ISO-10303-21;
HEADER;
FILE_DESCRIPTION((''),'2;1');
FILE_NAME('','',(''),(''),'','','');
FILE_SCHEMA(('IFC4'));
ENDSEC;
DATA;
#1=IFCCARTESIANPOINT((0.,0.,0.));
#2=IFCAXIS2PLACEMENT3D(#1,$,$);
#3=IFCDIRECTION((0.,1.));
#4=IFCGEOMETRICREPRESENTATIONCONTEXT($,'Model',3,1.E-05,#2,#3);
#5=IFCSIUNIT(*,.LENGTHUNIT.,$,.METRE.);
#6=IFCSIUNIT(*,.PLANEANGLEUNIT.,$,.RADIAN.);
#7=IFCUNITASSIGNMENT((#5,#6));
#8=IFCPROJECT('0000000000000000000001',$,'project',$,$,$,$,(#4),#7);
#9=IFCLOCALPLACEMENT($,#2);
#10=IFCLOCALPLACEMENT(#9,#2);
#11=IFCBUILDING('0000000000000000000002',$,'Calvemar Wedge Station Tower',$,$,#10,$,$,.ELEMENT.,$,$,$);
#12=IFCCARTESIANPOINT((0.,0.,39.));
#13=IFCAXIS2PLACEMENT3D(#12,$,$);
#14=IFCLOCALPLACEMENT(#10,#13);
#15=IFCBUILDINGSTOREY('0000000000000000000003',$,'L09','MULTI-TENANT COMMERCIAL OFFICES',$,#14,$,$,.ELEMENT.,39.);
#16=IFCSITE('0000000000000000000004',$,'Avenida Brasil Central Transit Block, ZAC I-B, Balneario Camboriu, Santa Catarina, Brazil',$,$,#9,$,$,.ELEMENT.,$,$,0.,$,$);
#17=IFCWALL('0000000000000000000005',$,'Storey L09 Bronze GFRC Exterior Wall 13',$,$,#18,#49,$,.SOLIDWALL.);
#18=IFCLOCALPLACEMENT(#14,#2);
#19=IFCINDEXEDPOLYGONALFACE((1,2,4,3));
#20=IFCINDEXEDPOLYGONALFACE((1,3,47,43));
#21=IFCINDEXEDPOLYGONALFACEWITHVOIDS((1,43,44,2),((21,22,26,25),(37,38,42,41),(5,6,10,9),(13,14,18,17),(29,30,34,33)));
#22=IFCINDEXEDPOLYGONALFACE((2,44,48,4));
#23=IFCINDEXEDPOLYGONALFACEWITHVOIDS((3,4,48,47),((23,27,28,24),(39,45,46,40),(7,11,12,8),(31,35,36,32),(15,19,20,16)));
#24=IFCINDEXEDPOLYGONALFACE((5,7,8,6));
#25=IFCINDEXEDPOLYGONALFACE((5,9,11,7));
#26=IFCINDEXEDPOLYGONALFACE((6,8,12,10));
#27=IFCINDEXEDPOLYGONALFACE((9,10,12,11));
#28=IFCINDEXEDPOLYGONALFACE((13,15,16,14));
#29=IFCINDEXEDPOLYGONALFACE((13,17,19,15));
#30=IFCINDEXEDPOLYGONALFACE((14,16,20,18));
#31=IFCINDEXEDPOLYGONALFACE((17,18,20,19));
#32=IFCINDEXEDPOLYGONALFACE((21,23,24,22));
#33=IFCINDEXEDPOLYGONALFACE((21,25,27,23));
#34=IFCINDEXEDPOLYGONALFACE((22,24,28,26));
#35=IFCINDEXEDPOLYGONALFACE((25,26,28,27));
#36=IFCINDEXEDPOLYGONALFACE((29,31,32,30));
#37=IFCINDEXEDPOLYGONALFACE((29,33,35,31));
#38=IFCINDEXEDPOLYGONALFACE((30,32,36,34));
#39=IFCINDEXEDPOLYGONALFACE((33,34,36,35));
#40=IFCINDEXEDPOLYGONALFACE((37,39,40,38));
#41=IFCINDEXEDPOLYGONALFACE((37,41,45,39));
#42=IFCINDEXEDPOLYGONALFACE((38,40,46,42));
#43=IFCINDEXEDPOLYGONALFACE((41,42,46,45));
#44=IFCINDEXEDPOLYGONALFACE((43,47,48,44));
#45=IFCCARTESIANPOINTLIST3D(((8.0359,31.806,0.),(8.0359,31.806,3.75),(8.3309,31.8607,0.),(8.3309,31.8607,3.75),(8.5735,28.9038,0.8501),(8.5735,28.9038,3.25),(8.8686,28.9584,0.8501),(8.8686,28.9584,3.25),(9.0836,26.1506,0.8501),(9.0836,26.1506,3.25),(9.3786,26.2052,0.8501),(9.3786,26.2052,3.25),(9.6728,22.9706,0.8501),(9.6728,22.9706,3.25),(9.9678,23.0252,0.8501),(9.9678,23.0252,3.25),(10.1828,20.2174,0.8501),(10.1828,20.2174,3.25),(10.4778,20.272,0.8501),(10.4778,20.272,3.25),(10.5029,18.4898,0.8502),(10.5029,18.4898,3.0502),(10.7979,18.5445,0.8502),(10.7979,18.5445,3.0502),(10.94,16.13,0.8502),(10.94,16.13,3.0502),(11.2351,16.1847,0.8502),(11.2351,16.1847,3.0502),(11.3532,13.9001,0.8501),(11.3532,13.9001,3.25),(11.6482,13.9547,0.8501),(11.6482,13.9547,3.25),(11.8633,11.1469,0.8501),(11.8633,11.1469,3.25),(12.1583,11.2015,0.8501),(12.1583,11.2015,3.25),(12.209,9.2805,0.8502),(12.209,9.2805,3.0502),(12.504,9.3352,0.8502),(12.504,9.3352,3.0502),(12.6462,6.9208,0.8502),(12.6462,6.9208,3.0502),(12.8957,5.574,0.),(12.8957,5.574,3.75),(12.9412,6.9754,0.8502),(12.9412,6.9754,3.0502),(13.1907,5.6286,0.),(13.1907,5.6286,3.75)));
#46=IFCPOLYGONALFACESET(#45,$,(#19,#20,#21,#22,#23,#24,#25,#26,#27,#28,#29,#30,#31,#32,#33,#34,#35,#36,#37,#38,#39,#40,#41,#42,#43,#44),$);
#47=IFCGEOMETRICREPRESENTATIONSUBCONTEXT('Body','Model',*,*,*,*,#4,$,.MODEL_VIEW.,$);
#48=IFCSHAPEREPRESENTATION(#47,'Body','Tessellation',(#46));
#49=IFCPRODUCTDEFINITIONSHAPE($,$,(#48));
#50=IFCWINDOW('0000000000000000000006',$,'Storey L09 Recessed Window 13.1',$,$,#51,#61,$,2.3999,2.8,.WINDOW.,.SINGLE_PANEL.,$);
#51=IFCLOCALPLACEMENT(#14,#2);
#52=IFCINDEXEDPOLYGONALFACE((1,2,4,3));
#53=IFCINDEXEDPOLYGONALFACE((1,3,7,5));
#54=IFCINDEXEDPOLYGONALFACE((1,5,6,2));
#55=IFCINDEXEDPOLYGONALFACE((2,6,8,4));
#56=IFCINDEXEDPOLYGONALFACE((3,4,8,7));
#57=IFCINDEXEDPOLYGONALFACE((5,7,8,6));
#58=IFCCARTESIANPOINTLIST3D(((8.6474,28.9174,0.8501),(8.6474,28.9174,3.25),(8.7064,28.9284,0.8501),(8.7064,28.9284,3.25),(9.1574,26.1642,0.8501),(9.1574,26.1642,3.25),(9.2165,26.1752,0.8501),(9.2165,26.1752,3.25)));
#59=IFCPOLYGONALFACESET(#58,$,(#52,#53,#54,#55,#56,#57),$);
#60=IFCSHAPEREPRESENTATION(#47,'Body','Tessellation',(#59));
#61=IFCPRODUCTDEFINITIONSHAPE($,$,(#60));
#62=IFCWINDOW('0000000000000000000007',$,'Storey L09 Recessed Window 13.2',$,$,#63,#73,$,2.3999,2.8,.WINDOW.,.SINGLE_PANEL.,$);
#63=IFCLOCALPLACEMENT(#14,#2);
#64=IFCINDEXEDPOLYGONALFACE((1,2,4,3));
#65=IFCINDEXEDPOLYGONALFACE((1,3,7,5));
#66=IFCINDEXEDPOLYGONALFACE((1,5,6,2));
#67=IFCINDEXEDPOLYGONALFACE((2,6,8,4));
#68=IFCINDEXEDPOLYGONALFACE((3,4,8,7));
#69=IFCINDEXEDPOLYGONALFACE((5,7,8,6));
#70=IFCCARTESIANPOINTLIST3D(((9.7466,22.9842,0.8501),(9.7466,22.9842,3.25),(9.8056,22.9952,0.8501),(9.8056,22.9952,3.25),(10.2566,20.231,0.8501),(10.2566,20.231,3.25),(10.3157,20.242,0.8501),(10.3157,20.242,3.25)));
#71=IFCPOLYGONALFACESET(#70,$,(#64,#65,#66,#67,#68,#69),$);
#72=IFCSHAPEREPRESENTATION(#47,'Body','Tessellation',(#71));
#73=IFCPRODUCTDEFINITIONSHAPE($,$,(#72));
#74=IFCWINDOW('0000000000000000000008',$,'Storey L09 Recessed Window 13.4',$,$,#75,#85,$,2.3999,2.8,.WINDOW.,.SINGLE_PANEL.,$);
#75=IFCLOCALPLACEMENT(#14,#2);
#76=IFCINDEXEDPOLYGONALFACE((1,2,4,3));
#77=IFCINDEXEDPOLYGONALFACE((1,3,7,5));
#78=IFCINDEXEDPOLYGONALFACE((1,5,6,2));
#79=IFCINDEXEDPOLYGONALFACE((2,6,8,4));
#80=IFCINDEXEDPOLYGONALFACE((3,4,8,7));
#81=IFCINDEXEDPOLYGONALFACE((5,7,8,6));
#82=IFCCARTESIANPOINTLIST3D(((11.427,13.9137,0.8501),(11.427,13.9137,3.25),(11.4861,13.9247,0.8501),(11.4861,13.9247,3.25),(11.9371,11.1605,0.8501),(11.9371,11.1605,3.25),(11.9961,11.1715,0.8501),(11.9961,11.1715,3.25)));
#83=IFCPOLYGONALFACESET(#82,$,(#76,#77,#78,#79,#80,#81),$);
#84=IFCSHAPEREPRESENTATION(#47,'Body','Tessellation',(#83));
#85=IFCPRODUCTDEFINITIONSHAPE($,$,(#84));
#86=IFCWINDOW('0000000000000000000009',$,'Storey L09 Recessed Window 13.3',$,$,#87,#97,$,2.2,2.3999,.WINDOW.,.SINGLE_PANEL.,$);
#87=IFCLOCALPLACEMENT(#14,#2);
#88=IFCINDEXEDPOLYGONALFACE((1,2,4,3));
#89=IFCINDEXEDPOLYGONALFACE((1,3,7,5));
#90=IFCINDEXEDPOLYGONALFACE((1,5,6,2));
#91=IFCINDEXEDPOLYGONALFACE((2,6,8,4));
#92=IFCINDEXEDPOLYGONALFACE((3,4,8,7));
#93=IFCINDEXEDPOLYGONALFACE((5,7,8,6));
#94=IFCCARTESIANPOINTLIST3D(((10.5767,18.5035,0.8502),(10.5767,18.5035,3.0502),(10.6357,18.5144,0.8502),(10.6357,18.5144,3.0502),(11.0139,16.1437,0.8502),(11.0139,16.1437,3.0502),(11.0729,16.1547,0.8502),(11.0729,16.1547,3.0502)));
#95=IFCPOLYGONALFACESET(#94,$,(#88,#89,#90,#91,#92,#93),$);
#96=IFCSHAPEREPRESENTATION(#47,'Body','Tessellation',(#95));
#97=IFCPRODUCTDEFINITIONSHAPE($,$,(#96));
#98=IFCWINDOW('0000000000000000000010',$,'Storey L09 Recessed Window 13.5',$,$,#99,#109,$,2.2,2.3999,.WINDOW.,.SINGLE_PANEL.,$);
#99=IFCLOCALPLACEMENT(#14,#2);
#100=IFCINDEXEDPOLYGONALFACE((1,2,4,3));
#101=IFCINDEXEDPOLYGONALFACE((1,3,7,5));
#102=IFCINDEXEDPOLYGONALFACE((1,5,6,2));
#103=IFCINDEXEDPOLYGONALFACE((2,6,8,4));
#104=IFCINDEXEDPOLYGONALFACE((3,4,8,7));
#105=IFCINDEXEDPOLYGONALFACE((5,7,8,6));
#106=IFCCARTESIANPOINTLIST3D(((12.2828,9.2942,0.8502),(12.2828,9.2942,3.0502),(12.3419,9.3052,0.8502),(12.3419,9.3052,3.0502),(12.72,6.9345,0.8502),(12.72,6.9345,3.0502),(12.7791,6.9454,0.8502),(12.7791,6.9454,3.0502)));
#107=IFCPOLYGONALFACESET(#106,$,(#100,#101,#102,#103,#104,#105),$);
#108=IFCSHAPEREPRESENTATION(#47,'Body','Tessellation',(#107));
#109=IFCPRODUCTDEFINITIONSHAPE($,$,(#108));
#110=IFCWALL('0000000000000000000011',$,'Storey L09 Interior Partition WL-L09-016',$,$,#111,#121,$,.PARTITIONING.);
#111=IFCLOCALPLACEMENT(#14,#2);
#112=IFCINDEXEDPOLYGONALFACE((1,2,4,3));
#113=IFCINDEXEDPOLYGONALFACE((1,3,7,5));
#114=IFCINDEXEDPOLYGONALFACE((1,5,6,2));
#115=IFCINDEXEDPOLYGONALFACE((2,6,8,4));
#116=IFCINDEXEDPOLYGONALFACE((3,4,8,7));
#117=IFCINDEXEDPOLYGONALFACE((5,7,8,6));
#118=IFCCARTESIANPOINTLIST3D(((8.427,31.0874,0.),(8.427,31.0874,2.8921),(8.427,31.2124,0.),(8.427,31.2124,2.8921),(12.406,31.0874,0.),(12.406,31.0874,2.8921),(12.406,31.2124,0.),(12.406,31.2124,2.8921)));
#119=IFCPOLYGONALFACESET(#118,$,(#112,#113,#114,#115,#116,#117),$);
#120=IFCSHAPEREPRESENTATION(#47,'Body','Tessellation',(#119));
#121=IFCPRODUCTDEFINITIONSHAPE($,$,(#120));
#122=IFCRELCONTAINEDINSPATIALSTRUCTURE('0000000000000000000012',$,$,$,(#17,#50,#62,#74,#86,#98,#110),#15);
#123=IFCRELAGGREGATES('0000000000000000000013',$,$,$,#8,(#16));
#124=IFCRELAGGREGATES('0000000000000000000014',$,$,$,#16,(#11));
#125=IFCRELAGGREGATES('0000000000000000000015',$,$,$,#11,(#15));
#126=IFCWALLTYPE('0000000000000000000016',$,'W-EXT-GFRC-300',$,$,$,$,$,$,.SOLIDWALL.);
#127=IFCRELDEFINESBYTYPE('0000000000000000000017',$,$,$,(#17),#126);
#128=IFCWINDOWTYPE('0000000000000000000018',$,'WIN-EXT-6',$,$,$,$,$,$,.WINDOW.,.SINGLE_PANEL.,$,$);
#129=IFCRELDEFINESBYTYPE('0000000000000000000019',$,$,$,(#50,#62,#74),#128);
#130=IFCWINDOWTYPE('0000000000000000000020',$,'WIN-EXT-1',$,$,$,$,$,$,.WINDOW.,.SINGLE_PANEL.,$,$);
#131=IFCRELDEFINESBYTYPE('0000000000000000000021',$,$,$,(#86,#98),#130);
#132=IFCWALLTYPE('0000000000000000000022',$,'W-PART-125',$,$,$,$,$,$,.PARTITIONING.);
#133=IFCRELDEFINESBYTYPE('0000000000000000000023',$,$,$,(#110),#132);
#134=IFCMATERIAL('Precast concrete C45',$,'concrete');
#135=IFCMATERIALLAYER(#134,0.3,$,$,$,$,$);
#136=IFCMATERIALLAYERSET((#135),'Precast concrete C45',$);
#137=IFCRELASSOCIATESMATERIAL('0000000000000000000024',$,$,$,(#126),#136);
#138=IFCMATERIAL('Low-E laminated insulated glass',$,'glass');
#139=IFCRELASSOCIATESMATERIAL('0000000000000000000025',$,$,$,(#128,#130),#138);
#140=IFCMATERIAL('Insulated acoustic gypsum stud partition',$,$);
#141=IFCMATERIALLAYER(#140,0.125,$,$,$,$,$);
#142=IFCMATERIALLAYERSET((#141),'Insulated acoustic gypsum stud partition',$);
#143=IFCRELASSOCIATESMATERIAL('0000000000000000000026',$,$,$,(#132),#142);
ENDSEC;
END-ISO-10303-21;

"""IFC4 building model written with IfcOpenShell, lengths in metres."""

from ifc_helpers import new_model, si_unit, direction, frame, frame_2d, origin, place, context, subcontext, project, spatial, rectangle, extrude, source, transform, mapped, material, layer, layer_set, type_object, element, fill, save


model = new_model("IFC4")

# Units and contexts
model_context = context("Model", 3, precision=1e-05, world=origin(), true_north=direction((0.0, 1.0)))
body_context = subcontext(model_context, "Body", "Model", "MODEL_VIEW")
ifc_project = project(units=[si_unit("LENGTHUNIT", "METRE"), si_unit("PLANEANGLEUNIT", "RADIAN")], contexts=[model_context])

# Site, building, storey
site_placement = place(None, origin())
site = spatial("IfcSite", under=ifc_project, at=site_placement, Name="Avenida Brasil Central Transit Block, ZAC I-B, Balneario Camboriu, Santa Catarina, Brazil", CompositionType="ELEMENT", RefElevation=0.0)
building_placement = place(site_placement, origin())
building = spatial("IfcBuilding", under=site, at=building_placement, Name="Calvemar Wedge Station Tower", CompositionType="ELEMENT")
storey_placement = place(building_placement, frame((0.0, 0.0, 39.0)))
storey = spatial("IfcBuildingStorey", under=building, at=storey_placement, Name="L09", Description="MULTI-TENANT COMMERCIAL OFFICES", CompositionType="ELEMENT", Elevation=39.0)

# Wall, openings, windows
ifc_material_1 = material(Name="Precast concrete C45", Category="concrete")
ifc_layer_1 = layer(ifc_material_1, 0.3)
ifc_layer_set_1 = layer_set([ifc_layer_1], Name="Precast concrete C45")
wall_type_1 = type_object("IfcWallType", Name="W-EXT-GFRC-300", PredefinedType="SOLIDWALL", material=ifc_layer_set_1)
wall_1_placement = place(storey_placement, frame((8.1833, 31.8335, 0.0), z_axis=(0.0, 0.0, 1.0), x_axis=(0.182164, -0.983268, 0.0)))
wall_1 = element("IfcWall", 1, at=wall_1_placement, inside=storey, type_object=wall_type_1, Name="Storey L09 Bronze GFRC Exterior Wall 13", PredefinedType="SOLIDWALL", context=body_context, shape_type="SweptSolid", body=[
    extrude(rectangle(XDim=26.6785, YDim=0.3, at=frame_2d((13.3394, 0.0))), origin(), (0.0, 0.0, 1.0), 3.75),
])
shared_shape_1 = source(origin(), body_context, "Body", "SweptSolid", [
    extrude(rectangle(XDim=2.8, YDim=2.3999, at=frame_2d((1.3999, 1.2))), frame((0.0, 0.1602, 0.0), z_axis=(0.0, -1.0, 0.0), x_axis=(1.0, 0.0, 0.0)), (0.0, 0.0, 1.0), 0.3201),
])
opening_1_placement = place(wall_1_placement, frame((2.9519, 0.0, 0.8501)))
opening_1 = element("IfcOpeningElement", 2, at=opening_1_placement, cuts=wall_1, PredefinedType="OPENING", context=body_context, shape_type="MappedRepresentation", body=[
    mapped(shared_shape_1, transform((0.0, 0.0, 0.0), scale=1.0)),
])
opening_2_placement = place(wall_1_placement, frame((8.9861, 0.0, 0.8501)))
opening_2 = element("IfcOpeningElement", 3, at=opening_2_placement, cuts=wall_1, PredefinedType="OPENING", context=body_context, shape_type="MappedRepresentation", body=[
    mapped(shared_shape_1, transform((0.0, 0.0, 0.0), scale=1.0)),
])
shared_shape_2 = source(origin(), body_context, "Body", "SweptSolid", [
    extrude(rectangle(XDim=2.3999, YDim=2.2, at=frame_2d((1.2, 1.1001))), frame((0.0, 0.1602, 0.0), z_axis=(0.0, -1.0, 0.0), x_axis=(1.0, 0.0, 0.0)), (0.0, 0.0, 1.0), 0.3201),
])
opening_3_placement = place(wall_1_placement, frame((13.543, 0.0, 0.8501)))
opening_3 = element("IfcOpeningElement", 4, at=opening_3_placement, cuts=wall_1, PredefinedType="OPENING", context=body_context, shape_type="MappedRepresentation", body=[
    mapped(shared_shape_2, transform((0.0, 0.0, 0.0), scale=1.0)),
])
opening_4_placement = place(wall_1_placement, frame((18.2109, 0.0, 0.8501)))
opening_4 = element("IfcOpeningElement", 5, at=opening_4_placement, cuts=wall_1, PredefinedType="OPENING", context=body_context, shape_type="MappedRepresentation", body=[
    mapped(shared_shape_1, transform((0.0, 0.0, 0.0), scale=1.0)),
])
opening_5_placement = place(wall_1_placement, frame((22.9089, 0.0, 0.8501)))
opening_5 = element("IfcOpeningElement", 6, at=opening_5_placement, cuts=wall_1, PredefinedType="OPENING", context=body_context, shape_type="MappedRepresentation", body=[
    mapped(shared_shape_2, transform((0.0, 0.0, 0.0), scale=1.0)),
])
ifc_material_2 = material(Name="Low-E laminated insulated glass", Category="glass")
window_type_1 = type_object("IfcWindowType", Name="WIN-EXT-6", PartitioningType="SINGLE_PANEL", PredefinedType="WINDOW", material=ifc_material_2)
shared_shape_3 = source(origin(), body_context, "Body", "SweptSolid", [
    extrude(rectangle(XDim=2.8, YDim=2.3999, at=frame_2d((1.3999, 1.2))), frame((0.0, -0.0149, 0.0), z_axis=(0.0, -1.0, 0.0), x_axis=(1.0, 0.0, 0.0)), (0.0, 0.0, 1.0), 0.0601),
])
window_1_placement = place(opening_1_placement, origin())
window_1 = element("IfcWindow", 7, at=window_1_placement, inside=storey, type_object=window_type_1, Name="Storey L09 Recessed Window 13.1", OverallHeight=2.3999, OverallWidth=2.8, PartitioningType="SINGLE_PANEL", PredefinedType="WINDOW", context=body_context, shape_type="MappedRepresentation", body=[
    mapped(shared_shape_3, transform((0.0, 0.0, 0.0), scale=1.0)),
])
fill(opening_1, window_1)
window_2_placement = place(opening_2_placement, origin())
window_2 = element("IfcWindow", 8, at=window_2_placement, inside=storey, type_object=window_type_1, Name="Storey L09 Recessed Window 13.2", OverallHeight=2.3999, OverallWidth=2.8, PartitioningType="SINGLE_PANEL", PredefinedType="WINDOW", context=body_context, shape_type="MappedRepresentation", body=[
    mapped(shared_shape_3, transform((0.0, 0.0, 0.0), scale=1.0)),
])
fill(opening_2, window_2)
window_3_placement = place(opening_4_placement, origin())
window_3 = element("IfcWindow", 9, at=window_3_placement, inside=storey, type_object=window_type_1, Name="Storey L09 Recessed Window 13.4", OverallHeight=2.3999, OverallWidth=2.8, PartitioningType="SINGLE_PANEL", PredefinedType="WINDOW", context=body_context, shape_type="MappedRepresentation", body=[
    mapped(shared_shape_3, transform((0.0, 0.0, 0.0), scale=1.0)),
])
fill(opening_4, window_3)
window_type_2 = type_object("IfcWindowType", Name="WIN-EXT-1", PartitioningType="SINGLE_PANEL", PredefinedType="WINDOW", material=ifc_material_2)
shared_shape_4 = source(origin(), body_context, "Body", "SweptSolid", [
    extrude(rectangle(XDim=2.3999, YDim=2.2, at=frame_2d((1.2, 1.1001))), frame((0.0, -0.0149, 0.0), z_axis=(0.0, -1.0, 0.0), x_axis=(1.0, 0.0, 0.0)), (0.0, 0.0, 1.0), 0.0601),
])
window_4_placement = place(opening_3_placement, origin())
window_4 = element("IfcWindow", 10, at=window_4_placement, inside=storey, type_object=window_type_2, Name="Storey L09 Recessed Window 13.3", OverallHeight=2.2, OverallWidth=2.3999, PartitioningType="SINGLE_PANEL", PredefinedType="WINDOW", context=body_context, shape_type="MappedRepresentation", body=[
    mapped(shared_shape_4, transform((0.0, 0.0, 0.0), scale=1.0)),
])
fill(opening_3, window_4)
window_5_placement = place(opening_5_placement, origin())
window_5 = element("IfcWindow", 11, at=window_5_placement, inside=storey, type_object=window_type_2, Name="Storey L09 Recessed Window 13.5", OverallHeight=2.2, OverallWidth=2.3999, PartitioningType="SINGLE_PANEL", PredefinedType="WINDOW", context=body_context, shape_type="MappedRepresentation", body=[
    mapped(shared_shape_4, transform((0.0, 0.0, 0.0), scale=1.0)),
])
fill(opening_5, window_5)

# Wall
ifc_material_3 = material(Name="Insulated acoustic gypsum stud partition")
ifc_layer_2 = layer(ifc_material_3, 0.125)
ifc_layer_set_2 = layer_set([ifc_layer_2], Name="Insulated acoustic gypsum stud partition")
wall_type_2 = type_object("IfcWallType", Name="W-PART-125", PredefinedType="PARTITIONING", material=ifc_layer_set_2)
wall_2_placement = place(storey_placement, frame((12.406, 31.1499, 0.0), z_axis=(0.0, 0.0, 1.0), x_axis=(-1.0, 0.0, 0.0)))
element("IfcWall", 12, at=wall_2_placement, inside=storey, type_object=wall_type_2, Name="Storey L09 Interior Partition WL-L09-016", PredefinedType="PARTITIONING", context=body_context, shape_type="SweptSolid", body=[
    extrude(rectangle(XDim=3.979, YDim=0.125, at=frame_2d((1.9895, 0.0))), origin(), (0.0, 0.0, 1.0), 2.8921),
])

save(model, "model.ifc")
